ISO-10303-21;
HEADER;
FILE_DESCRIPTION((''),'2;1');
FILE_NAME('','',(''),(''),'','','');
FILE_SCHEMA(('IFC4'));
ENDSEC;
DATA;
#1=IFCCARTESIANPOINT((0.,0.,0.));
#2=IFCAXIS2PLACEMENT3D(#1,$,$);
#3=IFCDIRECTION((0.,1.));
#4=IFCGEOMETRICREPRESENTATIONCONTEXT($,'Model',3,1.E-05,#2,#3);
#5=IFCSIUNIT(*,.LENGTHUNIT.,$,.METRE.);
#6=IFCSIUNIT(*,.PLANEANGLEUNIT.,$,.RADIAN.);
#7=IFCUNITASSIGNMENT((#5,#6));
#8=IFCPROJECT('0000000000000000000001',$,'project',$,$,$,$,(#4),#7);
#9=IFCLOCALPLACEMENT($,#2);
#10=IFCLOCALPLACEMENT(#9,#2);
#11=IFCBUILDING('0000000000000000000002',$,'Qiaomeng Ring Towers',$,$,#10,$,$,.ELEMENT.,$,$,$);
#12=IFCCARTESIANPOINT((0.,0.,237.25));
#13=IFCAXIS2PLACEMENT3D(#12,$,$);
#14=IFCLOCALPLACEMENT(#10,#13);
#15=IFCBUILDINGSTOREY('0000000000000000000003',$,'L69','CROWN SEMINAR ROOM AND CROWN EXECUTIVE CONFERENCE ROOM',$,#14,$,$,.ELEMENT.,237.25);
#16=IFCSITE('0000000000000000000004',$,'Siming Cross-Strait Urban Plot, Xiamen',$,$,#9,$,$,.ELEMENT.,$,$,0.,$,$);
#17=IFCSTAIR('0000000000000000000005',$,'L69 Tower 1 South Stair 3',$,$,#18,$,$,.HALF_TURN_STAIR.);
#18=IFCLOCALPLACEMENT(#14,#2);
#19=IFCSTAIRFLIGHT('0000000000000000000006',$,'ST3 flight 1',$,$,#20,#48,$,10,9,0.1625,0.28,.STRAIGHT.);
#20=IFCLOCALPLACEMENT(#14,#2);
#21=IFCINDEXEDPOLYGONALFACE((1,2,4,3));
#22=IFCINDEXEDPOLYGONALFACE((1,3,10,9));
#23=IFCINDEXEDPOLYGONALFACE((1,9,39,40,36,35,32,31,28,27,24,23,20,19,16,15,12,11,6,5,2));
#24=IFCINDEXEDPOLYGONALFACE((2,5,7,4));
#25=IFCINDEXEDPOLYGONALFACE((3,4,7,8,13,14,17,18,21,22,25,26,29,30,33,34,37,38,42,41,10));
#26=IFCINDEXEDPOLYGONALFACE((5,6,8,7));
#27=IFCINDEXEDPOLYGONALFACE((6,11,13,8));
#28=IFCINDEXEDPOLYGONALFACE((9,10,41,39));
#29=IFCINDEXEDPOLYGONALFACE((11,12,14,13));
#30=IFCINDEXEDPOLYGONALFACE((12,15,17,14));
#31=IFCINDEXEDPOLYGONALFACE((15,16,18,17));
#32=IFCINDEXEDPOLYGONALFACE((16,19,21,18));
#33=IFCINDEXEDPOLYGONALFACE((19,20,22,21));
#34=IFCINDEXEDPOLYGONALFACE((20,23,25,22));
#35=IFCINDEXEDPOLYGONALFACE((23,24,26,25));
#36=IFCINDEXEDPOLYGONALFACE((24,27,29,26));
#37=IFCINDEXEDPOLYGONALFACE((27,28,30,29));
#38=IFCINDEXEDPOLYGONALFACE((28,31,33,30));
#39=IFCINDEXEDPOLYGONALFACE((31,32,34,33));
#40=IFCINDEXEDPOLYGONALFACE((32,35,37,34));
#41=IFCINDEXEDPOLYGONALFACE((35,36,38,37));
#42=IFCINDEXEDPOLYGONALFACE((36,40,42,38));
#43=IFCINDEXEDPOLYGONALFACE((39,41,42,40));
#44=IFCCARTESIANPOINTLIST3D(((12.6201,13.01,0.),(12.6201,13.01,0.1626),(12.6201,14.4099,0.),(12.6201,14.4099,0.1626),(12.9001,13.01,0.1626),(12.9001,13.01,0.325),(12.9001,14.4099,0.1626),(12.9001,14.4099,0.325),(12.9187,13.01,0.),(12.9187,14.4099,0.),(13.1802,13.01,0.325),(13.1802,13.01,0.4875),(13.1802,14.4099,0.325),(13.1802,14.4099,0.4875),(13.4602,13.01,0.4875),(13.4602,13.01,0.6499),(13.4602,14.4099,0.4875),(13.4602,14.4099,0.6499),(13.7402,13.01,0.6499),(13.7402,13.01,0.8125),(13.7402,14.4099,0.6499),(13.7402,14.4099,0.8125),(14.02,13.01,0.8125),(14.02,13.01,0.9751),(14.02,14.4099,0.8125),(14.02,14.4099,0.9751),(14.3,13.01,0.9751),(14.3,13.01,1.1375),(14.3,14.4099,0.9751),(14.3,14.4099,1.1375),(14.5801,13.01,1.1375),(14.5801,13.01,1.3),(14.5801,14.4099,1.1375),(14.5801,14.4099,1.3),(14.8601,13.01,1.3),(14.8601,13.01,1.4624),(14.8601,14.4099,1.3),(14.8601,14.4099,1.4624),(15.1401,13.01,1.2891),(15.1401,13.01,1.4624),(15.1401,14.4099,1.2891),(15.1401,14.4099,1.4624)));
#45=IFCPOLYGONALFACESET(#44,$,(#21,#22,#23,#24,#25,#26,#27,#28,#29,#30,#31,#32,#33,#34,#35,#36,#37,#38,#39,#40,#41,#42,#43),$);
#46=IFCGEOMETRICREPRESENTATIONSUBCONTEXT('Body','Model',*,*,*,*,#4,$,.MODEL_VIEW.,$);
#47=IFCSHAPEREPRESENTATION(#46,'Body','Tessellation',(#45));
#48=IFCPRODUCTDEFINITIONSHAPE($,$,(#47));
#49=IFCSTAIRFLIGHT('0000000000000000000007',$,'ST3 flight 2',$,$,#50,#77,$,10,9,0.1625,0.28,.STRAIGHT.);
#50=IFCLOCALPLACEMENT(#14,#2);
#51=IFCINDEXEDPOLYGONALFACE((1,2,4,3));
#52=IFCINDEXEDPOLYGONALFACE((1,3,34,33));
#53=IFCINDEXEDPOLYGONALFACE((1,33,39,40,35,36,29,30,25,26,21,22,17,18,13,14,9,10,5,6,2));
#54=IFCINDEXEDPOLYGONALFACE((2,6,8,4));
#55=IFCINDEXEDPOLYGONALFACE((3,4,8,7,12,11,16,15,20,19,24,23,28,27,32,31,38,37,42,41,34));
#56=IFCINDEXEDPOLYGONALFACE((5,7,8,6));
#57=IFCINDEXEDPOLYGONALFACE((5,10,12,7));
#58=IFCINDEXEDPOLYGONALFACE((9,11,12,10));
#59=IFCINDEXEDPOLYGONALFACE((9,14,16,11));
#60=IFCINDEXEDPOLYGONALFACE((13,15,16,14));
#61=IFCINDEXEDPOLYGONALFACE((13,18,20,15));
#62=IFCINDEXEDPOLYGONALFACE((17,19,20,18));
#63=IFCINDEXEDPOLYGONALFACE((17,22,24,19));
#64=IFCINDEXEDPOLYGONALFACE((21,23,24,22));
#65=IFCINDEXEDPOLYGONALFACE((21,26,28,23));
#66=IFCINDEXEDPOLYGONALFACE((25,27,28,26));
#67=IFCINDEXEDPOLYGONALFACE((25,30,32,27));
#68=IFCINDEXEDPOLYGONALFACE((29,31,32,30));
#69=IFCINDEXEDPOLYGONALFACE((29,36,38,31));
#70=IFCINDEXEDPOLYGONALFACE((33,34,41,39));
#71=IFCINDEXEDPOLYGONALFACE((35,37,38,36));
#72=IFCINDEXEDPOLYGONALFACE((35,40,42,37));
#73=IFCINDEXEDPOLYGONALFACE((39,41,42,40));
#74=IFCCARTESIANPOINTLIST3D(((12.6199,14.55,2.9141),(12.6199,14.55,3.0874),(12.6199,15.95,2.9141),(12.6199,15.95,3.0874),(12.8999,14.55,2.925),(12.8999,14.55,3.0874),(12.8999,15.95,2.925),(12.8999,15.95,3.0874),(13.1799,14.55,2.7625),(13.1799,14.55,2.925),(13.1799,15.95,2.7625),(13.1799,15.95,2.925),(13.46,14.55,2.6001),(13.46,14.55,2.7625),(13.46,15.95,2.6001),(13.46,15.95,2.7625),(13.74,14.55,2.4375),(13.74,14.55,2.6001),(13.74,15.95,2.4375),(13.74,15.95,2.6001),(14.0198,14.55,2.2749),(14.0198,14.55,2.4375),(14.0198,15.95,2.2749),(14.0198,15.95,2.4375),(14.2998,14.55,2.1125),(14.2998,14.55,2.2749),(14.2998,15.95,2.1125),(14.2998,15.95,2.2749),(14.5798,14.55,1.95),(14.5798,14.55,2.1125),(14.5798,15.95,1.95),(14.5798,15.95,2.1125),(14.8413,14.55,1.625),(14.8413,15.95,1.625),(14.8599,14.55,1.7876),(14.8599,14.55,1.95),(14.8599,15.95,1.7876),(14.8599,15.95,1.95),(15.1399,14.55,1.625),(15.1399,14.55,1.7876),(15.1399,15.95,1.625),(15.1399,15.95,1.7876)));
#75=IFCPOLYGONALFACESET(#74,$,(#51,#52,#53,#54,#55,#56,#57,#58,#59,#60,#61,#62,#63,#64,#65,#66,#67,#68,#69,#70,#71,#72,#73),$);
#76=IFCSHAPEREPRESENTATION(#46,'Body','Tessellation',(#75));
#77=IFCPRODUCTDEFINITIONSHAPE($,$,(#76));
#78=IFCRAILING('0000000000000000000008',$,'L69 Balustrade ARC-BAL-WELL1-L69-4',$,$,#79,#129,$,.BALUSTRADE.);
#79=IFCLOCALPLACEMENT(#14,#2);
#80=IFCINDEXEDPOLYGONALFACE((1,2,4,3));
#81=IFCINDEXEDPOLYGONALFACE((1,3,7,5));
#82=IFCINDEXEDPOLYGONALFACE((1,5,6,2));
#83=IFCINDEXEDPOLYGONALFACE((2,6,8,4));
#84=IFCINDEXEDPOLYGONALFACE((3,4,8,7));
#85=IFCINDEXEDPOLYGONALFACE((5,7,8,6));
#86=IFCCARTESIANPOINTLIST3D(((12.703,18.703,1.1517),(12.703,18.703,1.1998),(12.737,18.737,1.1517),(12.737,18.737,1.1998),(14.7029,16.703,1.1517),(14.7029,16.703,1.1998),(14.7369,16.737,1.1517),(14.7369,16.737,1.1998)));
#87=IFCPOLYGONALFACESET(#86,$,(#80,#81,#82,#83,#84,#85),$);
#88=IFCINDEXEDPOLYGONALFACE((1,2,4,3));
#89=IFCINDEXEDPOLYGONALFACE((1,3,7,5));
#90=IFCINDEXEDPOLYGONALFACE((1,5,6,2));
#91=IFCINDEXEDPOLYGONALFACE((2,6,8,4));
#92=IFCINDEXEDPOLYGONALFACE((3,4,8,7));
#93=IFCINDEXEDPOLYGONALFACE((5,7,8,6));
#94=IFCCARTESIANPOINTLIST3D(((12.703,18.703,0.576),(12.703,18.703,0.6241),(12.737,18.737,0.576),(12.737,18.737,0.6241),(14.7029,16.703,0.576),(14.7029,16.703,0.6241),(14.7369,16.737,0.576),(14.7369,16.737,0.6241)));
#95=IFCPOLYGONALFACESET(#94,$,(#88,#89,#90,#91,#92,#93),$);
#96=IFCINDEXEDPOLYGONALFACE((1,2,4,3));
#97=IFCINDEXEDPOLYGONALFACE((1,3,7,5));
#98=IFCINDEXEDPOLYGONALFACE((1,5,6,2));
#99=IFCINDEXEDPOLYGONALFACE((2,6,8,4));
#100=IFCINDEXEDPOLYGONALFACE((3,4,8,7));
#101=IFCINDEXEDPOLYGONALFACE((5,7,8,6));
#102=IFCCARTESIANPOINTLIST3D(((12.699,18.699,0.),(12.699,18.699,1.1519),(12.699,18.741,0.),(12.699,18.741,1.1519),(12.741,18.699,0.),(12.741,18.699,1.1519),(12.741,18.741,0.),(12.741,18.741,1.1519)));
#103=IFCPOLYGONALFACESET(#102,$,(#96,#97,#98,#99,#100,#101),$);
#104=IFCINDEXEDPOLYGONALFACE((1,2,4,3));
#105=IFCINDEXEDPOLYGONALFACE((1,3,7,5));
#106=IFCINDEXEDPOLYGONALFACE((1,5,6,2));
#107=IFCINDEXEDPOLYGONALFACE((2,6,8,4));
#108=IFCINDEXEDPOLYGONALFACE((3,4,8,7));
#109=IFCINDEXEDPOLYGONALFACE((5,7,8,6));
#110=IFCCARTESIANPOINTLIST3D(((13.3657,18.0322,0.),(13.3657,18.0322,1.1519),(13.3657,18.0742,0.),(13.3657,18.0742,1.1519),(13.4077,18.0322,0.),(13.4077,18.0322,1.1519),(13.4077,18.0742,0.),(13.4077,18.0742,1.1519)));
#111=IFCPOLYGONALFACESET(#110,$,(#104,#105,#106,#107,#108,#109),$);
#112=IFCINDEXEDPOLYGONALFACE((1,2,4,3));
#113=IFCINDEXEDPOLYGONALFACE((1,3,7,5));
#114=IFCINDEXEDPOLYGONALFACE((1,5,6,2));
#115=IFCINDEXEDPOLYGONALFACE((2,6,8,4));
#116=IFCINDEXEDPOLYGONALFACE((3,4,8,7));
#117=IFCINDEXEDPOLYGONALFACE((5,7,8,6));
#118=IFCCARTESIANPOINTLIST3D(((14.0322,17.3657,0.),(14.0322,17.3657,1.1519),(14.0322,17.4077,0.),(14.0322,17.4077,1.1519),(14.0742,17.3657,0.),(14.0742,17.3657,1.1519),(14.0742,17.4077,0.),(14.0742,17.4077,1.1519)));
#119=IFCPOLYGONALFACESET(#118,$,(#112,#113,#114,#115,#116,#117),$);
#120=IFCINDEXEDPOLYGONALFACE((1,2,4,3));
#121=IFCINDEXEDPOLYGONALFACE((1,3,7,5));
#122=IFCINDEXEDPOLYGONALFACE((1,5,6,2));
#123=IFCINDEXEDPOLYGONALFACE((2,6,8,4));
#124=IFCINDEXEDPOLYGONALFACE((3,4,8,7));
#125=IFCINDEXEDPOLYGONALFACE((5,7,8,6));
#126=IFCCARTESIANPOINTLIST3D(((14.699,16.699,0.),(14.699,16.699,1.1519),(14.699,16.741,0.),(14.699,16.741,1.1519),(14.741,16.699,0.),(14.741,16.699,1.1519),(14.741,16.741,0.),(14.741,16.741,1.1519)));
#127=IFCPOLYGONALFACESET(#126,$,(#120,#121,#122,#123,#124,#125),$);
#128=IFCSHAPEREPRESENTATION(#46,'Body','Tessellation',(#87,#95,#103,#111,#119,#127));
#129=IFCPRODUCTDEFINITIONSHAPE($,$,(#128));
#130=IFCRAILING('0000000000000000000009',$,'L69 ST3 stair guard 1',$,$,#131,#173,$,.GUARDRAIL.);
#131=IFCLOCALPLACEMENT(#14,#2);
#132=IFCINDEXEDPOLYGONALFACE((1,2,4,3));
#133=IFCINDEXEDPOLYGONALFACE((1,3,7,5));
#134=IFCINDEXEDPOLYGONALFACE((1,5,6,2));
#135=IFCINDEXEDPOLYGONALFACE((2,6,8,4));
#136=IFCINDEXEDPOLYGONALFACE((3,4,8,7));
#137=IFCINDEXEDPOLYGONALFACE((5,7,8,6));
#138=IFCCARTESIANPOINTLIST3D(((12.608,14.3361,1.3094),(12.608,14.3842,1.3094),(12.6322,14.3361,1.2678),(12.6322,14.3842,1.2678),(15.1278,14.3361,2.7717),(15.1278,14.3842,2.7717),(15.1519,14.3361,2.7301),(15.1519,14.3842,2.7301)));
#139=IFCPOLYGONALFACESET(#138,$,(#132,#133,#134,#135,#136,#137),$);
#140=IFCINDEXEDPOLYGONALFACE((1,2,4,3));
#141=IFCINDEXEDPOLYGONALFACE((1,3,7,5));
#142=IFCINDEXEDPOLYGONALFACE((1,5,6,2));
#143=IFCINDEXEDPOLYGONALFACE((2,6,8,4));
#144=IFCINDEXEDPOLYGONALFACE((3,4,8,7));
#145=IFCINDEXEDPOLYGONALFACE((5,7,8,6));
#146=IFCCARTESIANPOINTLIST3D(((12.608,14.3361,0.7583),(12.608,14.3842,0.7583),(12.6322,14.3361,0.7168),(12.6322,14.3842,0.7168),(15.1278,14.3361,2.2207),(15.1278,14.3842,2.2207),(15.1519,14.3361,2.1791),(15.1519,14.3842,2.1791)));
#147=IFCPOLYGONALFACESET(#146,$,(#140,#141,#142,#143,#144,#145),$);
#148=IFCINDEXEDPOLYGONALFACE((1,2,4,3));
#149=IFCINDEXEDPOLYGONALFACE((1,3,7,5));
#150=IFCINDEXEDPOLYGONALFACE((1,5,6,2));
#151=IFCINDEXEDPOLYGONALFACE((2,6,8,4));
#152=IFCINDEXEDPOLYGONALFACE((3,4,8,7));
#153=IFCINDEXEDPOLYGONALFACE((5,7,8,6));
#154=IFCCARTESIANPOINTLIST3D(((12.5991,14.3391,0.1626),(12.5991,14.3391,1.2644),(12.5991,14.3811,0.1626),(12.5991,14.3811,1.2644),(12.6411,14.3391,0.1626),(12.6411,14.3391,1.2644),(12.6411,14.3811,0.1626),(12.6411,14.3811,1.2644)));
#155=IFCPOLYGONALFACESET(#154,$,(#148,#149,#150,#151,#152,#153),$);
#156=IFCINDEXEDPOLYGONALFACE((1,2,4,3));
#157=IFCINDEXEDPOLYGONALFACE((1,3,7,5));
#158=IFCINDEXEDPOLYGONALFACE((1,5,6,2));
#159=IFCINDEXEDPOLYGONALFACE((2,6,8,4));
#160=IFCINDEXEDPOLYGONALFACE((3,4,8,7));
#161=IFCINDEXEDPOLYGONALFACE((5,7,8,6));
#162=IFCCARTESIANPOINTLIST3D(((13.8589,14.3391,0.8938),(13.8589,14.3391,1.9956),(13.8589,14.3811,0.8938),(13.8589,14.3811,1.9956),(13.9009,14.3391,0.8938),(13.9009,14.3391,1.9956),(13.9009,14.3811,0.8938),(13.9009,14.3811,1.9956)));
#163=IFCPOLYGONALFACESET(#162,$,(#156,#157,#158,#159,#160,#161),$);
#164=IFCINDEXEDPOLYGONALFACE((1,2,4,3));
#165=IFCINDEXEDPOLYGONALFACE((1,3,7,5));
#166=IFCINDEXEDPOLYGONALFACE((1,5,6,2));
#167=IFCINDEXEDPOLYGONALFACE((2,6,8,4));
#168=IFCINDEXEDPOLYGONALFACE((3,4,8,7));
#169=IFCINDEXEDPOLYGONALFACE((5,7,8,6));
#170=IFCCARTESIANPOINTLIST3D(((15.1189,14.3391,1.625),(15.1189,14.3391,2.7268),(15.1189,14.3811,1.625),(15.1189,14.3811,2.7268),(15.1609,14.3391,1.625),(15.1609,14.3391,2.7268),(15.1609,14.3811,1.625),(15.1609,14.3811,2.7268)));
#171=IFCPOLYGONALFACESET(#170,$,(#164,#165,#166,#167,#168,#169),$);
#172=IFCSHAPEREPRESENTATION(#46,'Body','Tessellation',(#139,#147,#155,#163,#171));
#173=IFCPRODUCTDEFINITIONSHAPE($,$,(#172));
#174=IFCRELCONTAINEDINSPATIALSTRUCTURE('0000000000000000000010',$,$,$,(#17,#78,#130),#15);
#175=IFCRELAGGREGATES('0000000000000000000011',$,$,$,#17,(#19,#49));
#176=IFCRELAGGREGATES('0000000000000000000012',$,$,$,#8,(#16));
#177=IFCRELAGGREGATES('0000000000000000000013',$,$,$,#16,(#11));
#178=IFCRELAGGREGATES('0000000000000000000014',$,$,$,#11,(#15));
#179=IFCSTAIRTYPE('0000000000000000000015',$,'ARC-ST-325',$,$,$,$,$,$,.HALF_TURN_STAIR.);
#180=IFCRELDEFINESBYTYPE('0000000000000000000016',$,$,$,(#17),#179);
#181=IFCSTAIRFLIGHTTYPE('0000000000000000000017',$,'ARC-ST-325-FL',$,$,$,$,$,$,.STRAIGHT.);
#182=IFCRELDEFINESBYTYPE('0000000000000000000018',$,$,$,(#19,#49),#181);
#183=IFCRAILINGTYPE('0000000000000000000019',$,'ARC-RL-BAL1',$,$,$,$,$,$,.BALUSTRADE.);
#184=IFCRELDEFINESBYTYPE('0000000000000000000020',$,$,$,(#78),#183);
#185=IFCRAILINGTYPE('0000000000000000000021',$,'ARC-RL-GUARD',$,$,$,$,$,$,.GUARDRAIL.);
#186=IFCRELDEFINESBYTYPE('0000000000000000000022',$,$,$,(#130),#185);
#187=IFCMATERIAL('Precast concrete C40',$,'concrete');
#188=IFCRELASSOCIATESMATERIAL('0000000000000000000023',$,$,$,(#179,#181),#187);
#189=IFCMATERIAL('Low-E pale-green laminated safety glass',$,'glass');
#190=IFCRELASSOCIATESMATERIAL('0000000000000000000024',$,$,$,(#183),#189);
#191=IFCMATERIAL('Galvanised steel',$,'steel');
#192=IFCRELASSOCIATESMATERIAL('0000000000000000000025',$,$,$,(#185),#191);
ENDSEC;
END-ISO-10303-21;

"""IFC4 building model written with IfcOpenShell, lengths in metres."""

from ifc_helpers import new_model, si_unit, direction, frame, origin, origin_2d, place, context, subcontext, project, spatial, polyline, rectangle, outline, extrude, source, transform, mapped, material, type_object, element, aggregate, save


model = new_model("IFC4")

# Units and contexts
model_context = context("Model", 3, precision=1e-05, world=origin(), true_north=direction((0.0, 1.0)))
body_context = subcontext(model_context, "Body", "Model", "MODEL_VIEW")
ifc_project = project(units=[si_unit("LENGTHUNIT", "METRE"), si_unit("PLANEANGLEUNIT", "RADIAN")], contexts=[model_context])

# Site, building, storey
site_placement = place(None, origin())
site = spatial("IfcSite", under=ifc_project, at=site_placement, Name="Siming Cross-Strait Urban Plot, Xiamen", CompositionType="ELEMENT", RefElevation=0.0)
building_placement = place(site_placement, origin())
building = spatial("IfcBuilding", under=site, at=building_placement, Name="Qiaomeng Ring Towers", CompositionType="ELEMENT")
storey_placement = place(building_placement, frame((0.0, 0.0, 237.25)))
storey = spatial("IfcBuildingStorey", under=building, at=storey_placement, Name="L69", Description="CROWN SEMINAR ROOM AND CROWN EXECUTIVE CONFERENCE ROOM", CompositionType="ELEMENT", Elevation=237.25)

# Shared definitions
ifc_material_1 = material(Name="Galvanised steel", Category="steel")

# Stair, stair flights
ifc_material_2 = material(Name="Precast concrete C40", Category="concrete")
stair_type = type_object("IfcStairType", Name="ARC-ST-325", PredefinedType="HALF_TURN_STAIR", material=ifc_material_2)
stair_placement = place(storey_placement, origin())
stair = element("IfcStair", 1, at=stair_placement, inside=storey, type_object=stair_type, Name="L69 Tower 1 South Stair 3", PredefinedType="HALF_TURN_STAIR")
stair_flight_type = type_object("IfcStairFlightType", Name="ARC-ST-325-FL", PredefinedType="STRAIGHT", material=ifc_material_2)
shared_shape_1 = source(origin(), body_context, "Body", "SweptSolid", [
    extrude(outline(polyline([(0.0, 0.0), (0.0, 0.1626), (0.28, 0.1626), (0.28, 0.325), (0.5601, 0.325), (0.5601, 0.4875), (0.8401, 0.4875), (0.8401, 0.6499), (1.1201, 0.6499), (1.1201, 0.8125), (1.3999, 0.8125), (1.3999, 0.9751), (1.6799, 0.9751), (1.6799, 1.1375), (1.96, 1.1375), (1.96, 1.3), (2.24, 1.3), (2.24, 1.4624), (2.52, 1.4624), (2.52, 1.625), (2.52, 1.2891), (0.2986, 0.0), (0.0, 0.0)])), frame((0.0, 0.7, 0.0), z_axis=(0.0, -1.0, 0.0), x_axis=(1.0, 0.0, 0.0)), (0.0, 0.0, 1.0), 1.3999),
])
stair_flight_1_placement = place(storey_placement, frame((12.6201, 13.71, 0.0), z_axis=(0.0, 0.0, 1.0), x_axis=(1.0, 0.0, 0.0)))
stair_flight_1 = element("IfcStairFlight", 2, at=stair_flight_1_placement, type_object=stair_flight_type, Name="ST3 flight 1", NumberOfRisers=10, NumberOfTreads=9, PredefinedType="STRAIGHT", RiserHeight=0.1625, TreadLength=0.28, context=body_context, shape_type="MappedRepresentation", body=[
    mapped(shared_shape_1, transform((0.0, 0.0, 0.0), x_axis=(1.0, 0.0, 0.0), y_axis=(0.0, 1.0, 0.0), z_axis=(0.0, 0.0, 1.0), scale=1.0)),
])
stair_flight_2_placement = place(storey_placement, frame((15.1399, 15.25, 1.625), z_axis=(0.0, 0.0, 1.0), x_axis=(-1.0, 0.0, 0.0)))
stair_flight_2 = element("IfcStairFlight", 3, at=stair_flight_2_placement, type_object=stair_flight_type, Name="ST3 flight 2", NumberOfRisers=10, NumberOfTreads=9, PredefinedType="STRAIGHT", RiserHeight=0.1625, TreadLength=0.28, context=body_context, shape_type="MappedRepresentation", body=[
    mapped(shared_shape_1, transform((0.0, 0.0, 0.0), x_axis=(1.0, 0.0, 0.0), y_axis=(0.0, 1.0, 0.0), z_axis=(0.0, 0.0, 1.0), scale=1.0)),
])
aggregate(stair, [stair_flight_1, stair_flight_2])

# Railings
ifc_material_3 = material(Name="Low-E pale-green laminated safety glass", Category="glass")
railing_type_1 = type_object("IfcRailingType", Name="ARC-RL-BAL1", PredefinedType="BALUSTRADE", material=ifc_material_3)
railing_1_placement = place(storey_placement, frame((12.72, 18.72, 0.0)))
element("IfcRailing", 4, at=railing_1_placement, inside=storey, type_object=railing_type_1, Name="L69 Balustrade ARC-BAL-WELL1-L69-4", PredefinedType="BALUSTRADE", context=body_context, shape_type="SweptSolid", body=[
    extrude(rectangle(XDim=0.0481, YDim=0.0481, at=origin_2d()), frame((0.0, 0.0, 1.1758), z_axis=(0.707107, -0.707107, 0.0), x_axis=(0.707107, 0.707107, 0.0)), (0.0, 0.0, 1.0), 2.8284),
    extrude(rectangle(XDim=0.0481, YDim=0.0481, at=origin_2d()), frame((0.0, 0.0, 0.6001), z_axis=(0.707107, -0.707107, 0.0), x_axis=(0.707107, 0.707107, 0.0)), (0.0, 0.0, 1.0), 2.8284),
    extrude(rectangle(XDim=0.042, YDim=0.042, at=origin_2d()), origin(), (0.0, 0.0, 1.0), 1.1519),
    extrude(rectangle(XDim=0.042, YDim=0.042, at=origin_2d()), frame((0.6667, -0.6667, 0.0)), (0.0, 0.0, 1.0), 1.1519),
    extrude(rectangle(XDim=0.042, YDim=0.042, at=origin_2d()), frame((1.3333, -1.3333, 0.0)), (0.0, 0.0, 1.0), 1.1519),
    extrude(rectangle(XDim=0.042, YDim=0.042, at=origin_2d()), frame((2.0, -2.0, 0.0)), (0.0, 0.0, 1.0), 1.1519),
])
railing_type_2 = type_object("IfcRailingType", Name="ARC-RL-GUARD", PredefinedType="GUARDRAIL", material=ifc_material_1)
railing_2_placement = place(storey_placement, frame((12.6201, 14.3601, 0.1626)))
element("IfcRailing", 5, at=railing_2_placement, inside=storey, type_object=railing_type_2, Name="L69 ST3 stair guard 1", PredefinedType="GUARDRAIL", context=body_context, shape_type="SweptSolid", body=[
    extrude(rectangle(XDim=0.0481, YDim=0.0481, at=origin_2d()), frame((0.0, 0.0, 1.126), z_axis=(0.864892, 0.0, 0.501958), x_axis=(0.0, 1.0, 0.0)), (0.0, 0.0, 1.0), 2.9133),
    extrude(rectangle(XDim=0.0481, YDim=0.0481, at=origin_2d()), frame((0.0, 0.0, 0.575), z_axis=(0.864892, 0.0, 0.501958), x_axis=(0.0, 1.0, 0.0)), (0.0, 0.0, 1.0), 2.9133),
    extrude(rectangle(XDim=0.042, YDim=0.042, at=origin_2d()), origin(), (0.0, 0.0, 1.0), 1.1018),
    extrude(rectangle(XDim=0.042, YDim=0.042, at=origin_2d()), frame((1.2598, 0.0, 0.7312)), (0.0, 0.0, 1.0), 1.1018),
    extrude(rectangle(XDim=0.042, YDim=0.042, at=origin_2d()), frame((2.5198, 0.0, 1.4624)), (0.0, 0.0, 1.0), 1.1018),
])

save(model, "model.ifc")
